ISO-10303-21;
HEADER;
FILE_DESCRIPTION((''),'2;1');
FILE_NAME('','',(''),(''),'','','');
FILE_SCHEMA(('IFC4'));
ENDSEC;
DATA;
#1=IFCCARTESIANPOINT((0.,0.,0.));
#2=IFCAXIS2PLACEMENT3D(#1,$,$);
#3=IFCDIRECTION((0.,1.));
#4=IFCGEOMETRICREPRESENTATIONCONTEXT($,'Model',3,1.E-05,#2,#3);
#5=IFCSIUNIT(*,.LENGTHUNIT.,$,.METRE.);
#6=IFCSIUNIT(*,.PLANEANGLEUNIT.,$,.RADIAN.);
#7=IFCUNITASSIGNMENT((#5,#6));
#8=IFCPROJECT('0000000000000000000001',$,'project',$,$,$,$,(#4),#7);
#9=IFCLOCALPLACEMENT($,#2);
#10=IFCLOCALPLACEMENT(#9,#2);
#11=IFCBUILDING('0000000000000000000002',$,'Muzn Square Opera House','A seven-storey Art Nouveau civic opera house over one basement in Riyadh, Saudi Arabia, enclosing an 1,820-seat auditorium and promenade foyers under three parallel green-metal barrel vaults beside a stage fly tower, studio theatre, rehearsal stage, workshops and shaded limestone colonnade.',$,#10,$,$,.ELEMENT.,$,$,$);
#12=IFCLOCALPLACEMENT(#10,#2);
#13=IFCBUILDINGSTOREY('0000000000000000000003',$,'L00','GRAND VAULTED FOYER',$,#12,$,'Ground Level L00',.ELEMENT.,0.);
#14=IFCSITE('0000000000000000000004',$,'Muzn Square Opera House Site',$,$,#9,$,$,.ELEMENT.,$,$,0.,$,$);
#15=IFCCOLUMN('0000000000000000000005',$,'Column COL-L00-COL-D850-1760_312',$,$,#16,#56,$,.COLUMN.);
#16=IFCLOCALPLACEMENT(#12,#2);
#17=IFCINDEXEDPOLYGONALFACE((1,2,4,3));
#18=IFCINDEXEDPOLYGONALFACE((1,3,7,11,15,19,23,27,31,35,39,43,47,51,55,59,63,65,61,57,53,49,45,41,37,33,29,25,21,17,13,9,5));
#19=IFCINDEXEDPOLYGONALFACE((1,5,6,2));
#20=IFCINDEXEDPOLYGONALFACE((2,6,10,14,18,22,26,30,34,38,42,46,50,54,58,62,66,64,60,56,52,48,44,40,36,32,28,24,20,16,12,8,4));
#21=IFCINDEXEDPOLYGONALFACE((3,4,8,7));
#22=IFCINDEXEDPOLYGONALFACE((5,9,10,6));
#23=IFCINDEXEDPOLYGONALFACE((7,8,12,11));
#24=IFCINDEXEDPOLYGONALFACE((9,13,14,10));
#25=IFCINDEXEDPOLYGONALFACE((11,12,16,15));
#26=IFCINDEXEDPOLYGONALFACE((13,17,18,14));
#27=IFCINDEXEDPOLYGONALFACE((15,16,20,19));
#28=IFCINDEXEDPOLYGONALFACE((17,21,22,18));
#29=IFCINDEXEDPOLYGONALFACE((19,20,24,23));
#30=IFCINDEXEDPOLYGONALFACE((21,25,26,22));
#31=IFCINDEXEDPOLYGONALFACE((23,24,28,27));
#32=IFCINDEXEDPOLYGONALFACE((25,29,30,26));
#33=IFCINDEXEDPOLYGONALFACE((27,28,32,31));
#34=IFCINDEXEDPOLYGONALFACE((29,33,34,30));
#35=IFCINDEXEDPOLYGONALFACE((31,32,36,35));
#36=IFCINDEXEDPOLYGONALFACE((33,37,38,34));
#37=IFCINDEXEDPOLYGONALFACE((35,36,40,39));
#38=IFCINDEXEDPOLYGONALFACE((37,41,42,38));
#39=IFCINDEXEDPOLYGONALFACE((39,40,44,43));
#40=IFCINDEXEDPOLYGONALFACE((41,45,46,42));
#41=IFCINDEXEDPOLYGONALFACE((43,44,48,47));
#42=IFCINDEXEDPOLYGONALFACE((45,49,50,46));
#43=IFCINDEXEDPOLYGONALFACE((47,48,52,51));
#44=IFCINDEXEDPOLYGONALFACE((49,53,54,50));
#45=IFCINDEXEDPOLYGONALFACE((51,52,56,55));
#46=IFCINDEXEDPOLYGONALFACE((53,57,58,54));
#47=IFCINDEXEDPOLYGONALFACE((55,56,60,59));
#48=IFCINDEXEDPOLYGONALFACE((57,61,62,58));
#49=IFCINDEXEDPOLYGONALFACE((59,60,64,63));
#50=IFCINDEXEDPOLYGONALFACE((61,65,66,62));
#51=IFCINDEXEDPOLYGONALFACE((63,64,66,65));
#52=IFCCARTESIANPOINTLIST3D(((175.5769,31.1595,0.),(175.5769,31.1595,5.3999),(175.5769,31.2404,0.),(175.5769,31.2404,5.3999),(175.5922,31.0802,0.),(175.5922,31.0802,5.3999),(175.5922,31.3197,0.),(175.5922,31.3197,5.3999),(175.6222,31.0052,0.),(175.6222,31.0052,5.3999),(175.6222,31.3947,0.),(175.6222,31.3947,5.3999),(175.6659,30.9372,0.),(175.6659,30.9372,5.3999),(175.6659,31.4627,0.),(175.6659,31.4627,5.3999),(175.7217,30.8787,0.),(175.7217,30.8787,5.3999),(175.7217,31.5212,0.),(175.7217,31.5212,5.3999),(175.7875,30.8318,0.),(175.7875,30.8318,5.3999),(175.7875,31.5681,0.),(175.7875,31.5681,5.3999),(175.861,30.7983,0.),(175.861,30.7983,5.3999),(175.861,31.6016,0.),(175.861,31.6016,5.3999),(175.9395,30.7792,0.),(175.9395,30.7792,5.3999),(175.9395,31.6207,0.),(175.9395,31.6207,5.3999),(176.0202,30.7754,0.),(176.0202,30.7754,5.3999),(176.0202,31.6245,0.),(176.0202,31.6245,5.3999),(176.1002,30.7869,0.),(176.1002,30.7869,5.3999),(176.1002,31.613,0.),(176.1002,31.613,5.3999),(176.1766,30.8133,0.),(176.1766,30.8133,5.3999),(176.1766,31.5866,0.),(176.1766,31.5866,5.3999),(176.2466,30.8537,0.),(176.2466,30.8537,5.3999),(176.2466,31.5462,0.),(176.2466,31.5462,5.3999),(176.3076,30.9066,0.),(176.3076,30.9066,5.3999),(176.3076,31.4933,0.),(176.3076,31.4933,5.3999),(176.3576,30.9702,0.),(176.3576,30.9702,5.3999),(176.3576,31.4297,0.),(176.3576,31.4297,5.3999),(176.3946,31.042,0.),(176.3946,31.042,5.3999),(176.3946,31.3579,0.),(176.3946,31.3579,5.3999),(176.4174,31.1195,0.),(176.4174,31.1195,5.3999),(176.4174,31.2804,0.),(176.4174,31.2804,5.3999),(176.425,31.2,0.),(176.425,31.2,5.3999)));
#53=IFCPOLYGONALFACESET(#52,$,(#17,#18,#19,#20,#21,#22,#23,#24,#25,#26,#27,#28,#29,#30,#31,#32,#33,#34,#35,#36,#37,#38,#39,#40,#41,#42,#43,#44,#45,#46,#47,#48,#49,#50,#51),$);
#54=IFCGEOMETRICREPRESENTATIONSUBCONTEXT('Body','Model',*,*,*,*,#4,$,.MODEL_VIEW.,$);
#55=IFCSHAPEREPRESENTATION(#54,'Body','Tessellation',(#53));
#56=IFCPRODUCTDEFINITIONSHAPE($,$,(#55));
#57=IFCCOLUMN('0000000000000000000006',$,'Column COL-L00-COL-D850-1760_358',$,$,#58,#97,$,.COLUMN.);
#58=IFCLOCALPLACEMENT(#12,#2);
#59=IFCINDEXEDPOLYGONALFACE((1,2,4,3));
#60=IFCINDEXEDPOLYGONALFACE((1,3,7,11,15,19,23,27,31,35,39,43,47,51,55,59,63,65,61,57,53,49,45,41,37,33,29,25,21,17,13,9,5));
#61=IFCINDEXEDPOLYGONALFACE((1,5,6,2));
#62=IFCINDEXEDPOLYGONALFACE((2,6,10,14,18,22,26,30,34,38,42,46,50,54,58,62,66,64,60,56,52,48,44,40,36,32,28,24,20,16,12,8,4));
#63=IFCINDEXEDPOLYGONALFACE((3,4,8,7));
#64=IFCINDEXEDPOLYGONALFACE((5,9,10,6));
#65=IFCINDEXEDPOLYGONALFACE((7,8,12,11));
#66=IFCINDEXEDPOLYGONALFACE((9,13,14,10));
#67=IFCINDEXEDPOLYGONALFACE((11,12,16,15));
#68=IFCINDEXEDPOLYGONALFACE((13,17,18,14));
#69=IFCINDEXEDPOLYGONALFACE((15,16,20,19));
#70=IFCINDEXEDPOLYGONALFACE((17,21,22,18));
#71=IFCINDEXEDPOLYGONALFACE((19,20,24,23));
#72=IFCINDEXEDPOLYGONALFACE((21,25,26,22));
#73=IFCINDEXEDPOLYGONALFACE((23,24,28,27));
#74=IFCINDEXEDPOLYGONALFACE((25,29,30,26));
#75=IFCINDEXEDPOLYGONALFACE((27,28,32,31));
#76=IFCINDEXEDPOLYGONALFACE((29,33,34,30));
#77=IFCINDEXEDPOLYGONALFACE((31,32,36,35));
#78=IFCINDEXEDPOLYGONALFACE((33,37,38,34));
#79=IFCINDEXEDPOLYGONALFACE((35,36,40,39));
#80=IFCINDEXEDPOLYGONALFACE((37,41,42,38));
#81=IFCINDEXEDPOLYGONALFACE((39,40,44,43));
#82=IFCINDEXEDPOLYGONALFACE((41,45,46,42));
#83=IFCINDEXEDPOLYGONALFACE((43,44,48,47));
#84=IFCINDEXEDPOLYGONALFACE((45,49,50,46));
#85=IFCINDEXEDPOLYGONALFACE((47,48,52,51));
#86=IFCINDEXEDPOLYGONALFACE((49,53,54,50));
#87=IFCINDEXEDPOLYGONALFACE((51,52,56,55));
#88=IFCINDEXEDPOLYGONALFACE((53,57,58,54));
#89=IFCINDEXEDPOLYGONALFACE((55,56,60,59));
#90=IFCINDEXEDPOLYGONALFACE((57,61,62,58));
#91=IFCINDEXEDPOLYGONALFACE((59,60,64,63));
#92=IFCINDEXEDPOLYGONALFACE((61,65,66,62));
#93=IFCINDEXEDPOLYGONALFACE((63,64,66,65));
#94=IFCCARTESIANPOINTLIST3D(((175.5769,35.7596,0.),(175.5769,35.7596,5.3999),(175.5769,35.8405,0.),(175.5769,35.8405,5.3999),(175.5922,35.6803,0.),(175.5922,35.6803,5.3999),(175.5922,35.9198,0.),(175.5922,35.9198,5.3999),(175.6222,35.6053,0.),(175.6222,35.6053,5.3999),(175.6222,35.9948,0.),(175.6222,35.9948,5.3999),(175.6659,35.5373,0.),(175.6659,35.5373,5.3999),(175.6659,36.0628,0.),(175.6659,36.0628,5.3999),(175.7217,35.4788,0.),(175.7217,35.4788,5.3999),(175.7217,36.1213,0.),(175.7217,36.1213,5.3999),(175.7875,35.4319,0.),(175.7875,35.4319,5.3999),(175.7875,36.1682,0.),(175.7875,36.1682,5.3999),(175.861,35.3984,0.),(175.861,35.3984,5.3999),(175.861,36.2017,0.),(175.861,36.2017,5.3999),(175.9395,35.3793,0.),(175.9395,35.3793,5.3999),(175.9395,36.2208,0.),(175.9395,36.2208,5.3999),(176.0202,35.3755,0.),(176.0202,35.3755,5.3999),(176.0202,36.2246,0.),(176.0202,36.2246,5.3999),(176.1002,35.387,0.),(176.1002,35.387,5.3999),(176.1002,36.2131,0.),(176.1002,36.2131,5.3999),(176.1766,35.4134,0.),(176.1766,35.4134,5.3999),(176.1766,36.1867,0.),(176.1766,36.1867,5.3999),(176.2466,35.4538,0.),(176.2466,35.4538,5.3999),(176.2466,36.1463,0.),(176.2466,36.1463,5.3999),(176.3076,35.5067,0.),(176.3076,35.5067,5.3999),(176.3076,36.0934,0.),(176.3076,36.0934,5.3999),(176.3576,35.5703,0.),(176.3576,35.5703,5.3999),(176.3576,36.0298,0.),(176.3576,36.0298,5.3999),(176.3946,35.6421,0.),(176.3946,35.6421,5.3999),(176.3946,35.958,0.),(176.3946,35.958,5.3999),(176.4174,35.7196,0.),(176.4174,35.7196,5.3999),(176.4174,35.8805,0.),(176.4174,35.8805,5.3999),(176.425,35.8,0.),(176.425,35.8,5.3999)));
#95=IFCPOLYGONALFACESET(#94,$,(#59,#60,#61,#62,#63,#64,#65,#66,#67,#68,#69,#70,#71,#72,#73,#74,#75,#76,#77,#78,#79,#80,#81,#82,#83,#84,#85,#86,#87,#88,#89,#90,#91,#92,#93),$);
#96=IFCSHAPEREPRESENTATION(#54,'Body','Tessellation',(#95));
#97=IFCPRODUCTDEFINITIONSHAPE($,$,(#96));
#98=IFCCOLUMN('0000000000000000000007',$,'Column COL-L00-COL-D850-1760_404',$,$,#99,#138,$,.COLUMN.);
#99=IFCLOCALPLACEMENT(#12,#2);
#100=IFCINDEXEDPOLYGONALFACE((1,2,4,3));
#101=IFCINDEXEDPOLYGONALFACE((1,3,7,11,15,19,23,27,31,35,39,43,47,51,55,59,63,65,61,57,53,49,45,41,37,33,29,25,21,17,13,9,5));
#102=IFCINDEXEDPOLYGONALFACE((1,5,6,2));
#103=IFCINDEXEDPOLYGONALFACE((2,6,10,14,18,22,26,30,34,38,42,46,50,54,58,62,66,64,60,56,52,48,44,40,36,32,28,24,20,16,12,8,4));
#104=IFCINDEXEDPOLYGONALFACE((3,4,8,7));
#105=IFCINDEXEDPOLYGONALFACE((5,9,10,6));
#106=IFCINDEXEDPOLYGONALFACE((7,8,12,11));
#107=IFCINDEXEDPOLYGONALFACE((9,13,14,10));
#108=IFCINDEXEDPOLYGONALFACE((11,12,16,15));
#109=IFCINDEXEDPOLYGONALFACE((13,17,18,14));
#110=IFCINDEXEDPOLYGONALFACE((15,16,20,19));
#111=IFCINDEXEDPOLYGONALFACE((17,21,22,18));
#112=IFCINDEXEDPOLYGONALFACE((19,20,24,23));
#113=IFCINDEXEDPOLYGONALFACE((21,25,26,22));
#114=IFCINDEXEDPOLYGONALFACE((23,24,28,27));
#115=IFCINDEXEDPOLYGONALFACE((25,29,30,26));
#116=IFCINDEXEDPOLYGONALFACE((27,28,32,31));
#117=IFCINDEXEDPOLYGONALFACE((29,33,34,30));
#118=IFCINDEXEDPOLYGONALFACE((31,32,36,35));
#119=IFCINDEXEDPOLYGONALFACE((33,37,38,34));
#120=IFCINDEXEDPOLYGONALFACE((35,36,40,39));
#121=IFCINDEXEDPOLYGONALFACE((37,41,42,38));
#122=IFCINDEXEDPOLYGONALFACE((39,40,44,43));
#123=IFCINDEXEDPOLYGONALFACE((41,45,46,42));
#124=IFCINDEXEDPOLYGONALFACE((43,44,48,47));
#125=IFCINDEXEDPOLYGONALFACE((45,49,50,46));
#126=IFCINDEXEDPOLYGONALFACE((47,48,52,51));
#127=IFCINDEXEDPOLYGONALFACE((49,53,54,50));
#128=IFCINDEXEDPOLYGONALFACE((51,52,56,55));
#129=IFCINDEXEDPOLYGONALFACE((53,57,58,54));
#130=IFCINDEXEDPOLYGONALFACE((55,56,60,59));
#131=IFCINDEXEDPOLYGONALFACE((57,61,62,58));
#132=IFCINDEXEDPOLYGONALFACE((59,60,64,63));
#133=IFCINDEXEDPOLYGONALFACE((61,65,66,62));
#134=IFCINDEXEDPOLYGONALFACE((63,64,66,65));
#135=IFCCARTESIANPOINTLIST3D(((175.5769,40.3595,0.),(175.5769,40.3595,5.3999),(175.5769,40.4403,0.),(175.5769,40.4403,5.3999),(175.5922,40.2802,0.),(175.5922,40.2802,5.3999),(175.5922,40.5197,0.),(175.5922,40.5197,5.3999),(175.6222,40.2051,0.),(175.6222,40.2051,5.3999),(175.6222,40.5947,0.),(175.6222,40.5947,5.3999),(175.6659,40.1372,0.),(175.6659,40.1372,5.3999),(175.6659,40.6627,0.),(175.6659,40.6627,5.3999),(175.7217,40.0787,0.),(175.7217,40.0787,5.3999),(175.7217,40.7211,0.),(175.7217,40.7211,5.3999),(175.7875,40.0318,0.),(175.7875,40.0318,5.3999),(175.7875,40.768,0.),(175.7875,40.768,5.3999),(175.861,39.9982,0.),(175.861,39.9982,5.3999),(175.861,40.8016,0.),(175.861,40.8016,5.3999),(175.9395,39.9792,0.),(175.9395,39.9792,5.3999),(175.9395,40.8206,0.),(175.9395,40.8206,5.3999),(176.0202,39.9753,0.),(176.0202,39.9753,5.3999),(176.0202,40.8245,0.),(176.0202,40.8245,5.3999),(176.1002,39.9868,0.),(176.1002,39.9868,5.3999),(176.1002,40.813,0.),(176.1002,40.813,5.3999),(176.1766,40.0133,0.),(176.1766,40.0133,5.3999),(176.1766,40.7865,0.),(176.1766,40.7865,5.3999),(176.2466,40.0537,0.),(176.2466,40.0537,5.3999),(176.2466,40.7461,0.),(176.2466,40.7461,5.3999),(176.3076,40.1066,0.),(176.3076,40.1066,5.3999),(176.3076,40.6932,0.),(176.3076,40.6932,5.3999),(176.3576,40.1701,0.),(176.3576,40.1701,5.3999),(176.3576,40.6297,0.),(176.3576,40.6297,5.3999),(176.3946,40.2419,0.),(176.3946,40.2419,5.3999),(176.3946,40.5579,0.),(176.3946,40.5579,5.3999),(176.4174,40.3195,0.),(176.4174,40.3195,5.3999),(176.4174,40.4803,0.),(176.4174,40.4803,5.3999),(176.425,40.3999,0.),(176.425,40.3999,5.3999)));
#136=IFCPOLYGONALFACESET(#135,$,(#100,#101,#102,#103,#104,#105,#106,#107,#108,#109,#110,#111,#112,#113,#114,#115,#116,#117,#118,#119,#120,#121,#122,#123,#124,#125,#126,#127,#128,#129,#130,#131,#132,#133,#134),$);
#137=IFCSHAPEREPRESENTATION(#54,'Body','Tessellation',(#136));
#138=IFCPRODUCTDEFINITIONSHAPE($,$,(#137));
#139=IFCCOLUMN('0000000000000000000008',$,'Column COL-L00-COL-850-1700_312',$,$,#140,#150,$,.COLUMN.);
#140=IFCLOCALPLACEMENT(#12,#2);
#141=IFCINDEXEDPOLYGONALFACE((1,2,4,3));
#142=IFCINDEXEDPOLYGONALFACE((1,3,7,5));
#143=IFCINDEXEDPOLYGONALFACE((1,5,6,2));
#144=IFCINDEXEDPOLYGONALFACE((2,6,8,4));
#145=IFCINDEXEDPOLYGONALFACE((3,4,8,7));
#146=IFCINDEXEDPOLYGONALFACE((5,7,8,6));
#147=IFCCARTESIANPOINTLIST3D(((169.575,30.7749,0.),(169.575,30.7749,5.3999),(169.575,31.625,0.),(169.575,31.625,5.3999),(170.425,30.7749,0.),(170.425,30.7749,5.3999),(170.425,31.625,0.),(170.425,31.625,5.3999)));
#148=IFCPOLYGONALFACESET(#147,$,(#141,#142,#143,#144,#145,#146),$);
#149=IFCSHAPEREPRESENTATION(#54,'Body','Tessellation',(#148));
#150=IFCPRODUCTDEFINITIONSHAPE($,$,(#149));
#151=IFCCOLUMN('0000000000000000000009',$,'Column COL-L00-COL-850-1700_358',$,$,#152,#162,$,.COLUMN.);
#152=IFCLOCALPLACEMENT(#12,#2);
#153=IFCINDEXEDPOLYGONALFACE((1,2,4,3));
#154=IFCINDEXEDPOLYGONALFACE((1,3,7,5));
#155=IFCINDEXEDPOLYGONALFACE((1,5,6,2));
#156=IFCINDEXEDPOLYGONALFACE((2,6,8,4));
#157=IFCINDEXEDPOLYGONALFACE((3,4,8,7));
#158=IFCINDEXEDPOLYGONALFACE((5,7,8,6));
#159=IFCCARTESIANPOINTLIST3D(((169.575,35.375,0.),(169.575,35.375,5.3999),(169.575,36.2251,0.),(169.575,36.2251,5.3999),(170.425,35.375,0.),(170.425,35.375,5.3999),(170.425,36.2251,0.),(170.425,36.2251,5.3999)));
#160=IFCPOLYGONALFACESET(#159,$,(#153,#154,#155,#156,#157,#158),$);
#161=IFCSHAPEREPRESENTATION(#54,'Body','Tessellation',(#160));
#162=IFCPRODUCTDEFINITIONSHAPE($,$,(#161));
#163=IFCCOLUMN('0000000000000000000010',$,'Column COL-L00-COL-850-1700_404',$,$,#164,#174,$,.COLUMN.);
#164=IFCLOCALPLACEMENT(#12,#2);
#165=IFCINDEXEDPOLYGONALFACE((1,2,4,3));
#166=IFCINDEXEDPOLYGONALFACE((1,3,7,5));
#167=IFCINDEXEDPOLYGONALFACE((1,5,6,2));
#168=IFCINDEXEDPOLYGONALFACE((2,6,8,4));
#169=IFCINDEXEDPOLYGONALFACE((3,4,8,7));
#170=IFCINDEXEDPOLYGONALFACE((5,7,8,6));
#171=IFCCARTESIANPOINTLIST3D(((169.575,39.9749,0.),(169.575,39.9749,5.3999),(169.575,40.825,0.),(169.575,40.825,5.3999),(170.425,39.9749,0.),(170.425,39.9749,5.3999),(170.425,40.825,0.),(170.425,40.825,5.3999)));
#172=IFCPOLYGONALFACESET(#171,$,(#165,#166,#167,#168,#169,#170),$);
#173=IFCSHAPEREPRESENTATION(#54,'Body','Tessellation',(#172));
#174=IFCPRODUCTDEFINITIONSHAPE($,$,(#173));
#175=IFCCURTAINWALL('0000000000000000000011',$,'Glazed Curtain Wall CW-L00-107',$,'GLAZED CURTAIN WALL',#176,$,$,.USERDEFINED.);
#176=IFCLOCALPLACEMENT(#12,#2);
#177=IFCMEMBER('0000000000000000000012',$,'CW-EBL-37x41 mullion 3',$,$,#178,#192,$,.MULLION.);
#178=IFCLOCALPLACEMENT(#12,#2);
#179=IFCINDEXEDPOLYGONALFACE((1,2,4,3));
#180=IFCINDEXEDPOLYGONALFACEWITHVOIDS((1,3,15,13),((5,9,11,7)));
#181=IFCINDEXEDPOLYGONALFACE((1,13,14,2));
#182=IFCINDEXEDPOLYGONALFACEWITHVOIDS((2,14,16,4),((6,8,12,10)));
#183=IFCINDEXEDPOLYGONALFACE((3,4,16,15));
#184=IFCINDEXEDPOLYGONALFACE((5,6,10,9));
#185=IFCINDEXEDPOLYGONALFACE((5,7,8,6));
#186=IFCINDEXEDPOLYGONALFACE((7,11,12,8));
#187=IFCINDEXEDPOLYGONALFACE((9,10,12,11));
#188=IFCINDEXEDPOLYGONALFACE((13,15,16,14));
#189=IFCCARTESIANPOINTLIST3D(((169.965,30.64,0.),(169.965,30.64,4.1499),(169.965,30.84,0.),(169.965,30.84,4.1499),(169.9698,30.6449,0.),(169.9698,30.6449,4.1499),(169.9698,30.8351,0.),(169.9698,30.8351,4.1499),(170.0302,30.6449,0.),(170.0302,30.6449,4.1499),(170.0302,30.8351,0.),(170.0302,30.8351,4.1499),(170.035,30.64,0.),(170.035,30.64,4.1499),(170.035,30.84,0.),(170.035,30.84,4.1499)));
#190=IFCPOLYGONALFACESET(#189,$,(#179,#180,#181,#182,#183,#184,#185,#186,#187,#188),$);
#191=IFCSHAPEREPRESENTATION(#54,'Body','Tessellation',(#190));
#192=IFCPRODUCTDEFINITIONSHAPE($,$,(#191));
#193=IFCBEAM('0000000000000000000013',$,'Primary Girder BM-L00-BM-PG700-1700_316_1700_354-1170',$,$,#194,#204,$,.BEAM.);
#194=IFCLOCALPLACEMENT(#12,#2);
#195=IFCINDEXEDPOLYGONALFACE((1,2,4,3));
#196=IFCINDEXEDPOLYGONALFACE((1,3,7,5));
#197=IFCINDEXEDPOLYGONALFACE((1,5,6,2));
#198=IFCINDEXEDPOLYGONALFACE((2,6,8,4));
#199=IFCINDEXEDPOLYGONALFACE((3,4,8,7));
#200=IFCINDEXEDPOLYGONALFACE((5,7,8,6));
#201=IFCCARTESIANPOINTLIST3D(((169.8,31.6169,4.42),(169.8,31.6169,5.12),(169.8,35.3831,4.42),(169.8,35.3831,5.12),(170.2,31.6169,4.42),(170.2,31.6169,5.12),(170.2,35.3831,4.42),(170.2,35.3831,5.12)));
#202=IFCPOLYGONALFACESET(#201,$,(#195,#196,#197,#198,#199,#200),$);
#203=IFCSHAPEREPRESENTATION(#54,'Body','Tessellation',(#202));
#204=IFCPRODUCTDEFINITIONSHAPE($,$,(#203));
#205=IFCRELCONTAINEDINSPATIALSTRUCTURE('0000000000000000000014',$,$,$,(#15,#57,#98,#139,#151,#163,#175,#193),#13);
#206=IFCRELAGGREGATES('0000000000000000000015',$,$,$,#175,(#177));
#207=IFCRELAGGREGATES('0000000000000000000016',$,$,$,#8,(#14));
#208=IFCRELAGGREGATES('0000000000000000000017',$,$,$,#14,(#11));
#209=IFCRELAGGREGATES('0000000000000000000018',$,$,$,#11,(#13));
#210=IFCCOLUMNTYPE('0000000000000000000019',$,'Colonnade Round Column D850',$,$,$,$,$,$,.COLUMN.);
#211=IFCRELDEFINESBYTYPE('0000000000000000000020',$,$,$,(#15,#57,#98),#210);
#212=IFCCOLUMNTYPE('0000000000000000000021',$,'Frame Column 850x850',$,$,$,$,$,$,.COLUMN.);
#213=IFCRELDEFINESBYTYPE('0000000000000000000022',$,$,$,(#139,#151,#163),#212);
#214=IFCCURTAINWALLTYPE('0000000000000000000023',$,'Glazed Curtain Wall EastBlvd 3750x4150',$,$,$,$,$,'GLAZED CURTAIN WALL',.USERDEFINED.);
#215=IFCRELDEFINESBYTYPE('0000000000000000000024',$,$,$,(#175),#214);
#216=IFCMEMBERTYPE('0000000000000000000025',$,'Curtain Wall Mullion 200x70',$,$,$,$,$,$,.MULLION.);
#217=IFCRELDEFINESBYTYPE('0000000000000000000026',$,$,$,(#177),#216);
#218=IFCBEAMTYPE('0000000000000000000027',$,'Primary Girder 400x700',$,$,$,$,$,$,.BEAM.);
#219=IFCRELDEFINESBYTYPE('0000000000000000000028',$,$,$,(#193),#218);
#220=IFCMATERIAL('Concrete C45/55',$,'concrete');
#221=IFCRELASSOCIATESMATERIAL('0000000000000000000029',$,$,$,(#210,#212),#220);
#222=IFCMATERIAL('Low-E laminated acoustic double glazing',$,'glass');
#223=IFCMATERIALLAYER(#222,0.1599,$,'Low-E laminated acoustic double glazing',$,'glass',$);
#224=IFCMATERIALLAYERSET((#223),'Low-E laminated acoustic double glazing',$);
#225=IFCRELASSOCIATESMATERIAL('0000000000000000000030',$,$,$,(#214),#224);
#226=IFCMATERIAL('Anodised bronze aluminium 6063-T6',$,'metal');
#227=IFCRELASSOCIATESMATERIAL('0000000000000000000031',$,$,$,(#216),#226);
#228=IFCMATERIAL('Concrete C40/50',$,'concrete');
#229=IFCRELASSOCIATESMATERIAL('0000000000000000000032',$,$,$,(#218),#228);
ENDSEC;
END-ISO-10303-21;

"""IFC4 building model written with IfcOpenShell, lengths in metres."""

from ifc_helpers import new_model, si_unit, direction, frame, origin, origin_2d, place, context, subcontext, project, spatial, rectangle, hollow_rectangle, circle, extrude, material, layer, layer_set, material_profile, profile_set, type_object, element, aggregate, save


model = new_model("IFC4")

# Units and contexts
model_context = context("Model", 3, precision=1e-05, world=origin(), true_north=direction((0.0, 1.0)))
body_context = subcontext(model_context, "Body", "Model", "MODEL_VIEW")
ifc_project = project(units=[si_unit("LENGTHUNIT", "METRE"), si_unit("PLANEANGLEUNIT", "RADIAN")], contexts=[model_context])

# Site, building, storey
site_placement = place(None, origin())
site = spatial("IfcSite", under=ifc_project, at=site_placement, Name="Muzn Square Opera House Site", CompositionType="ELEMENT", RefElevation=0.0)
building_placement = place(site_placement, origin())
building = spatial("IfcBuilding", under=site, at=building_placement, Name="Muzn Square Opera House", Description="A seven-storey Art Nouveau civic opera house over one basement in Riyadh, Saudi Arabia, enclosing an 1,820-seat auditorium and promenade foyers under three parallel green-metal barrel vaults beside a stage fly tower, studio theatre, rehearsal stage, workshops and shaded limestone colonnade.", CompositionType="ELEMENT")
storey_placement = place(building_placement, origin())
storey = spatial("IfcBuildingStorey", under=building, at=storey_placement, Name="L00", Description="GRAND VAULTED FOYER", LongName="Ground Level L00", CompositionType="ELEMENT", Elevation=0.0)

# Columns
ifc_material_1 = material(Name="Concrete C45/55", Category="concrete")
ifc_material_profile_1 = material_profile(ifc_material_1, circle(Radius=0.425, at=origin_2d()), Name="RCC D850", Category="concrete")
ifc_profile_set_1 = profile_set([ifc_material_profile_1], Name="Concrete C45/55")
column_type_1 = type_object("IfcColumnType", Name="Colonnade Round Column D850", PredefinedType="COLUMN", material=ifc_profile_set_1)
for number, where, z_axis, x_axis, name in (
    (1, (176.0, 31.2, 0.0), (0.0, 0.0, 1.0), (1.0, 0.0, 0.0), "Column COL-L00-COL-D850-1760_312"),
    (2, (176.0, 35.8, 0.0), (0.0, 0.0, 1.0), (1.0, 0.0, 0.0), "Column COL-L00-COL-D850-1760_358"),
    (3, (176.0, 40.3999, 0.0), (0.0, 0.0, 1.0), (1.0, 0.0, 0.0), "Column COL-L00-COL-D850-1760_404"),
):
    element("IfcColumn", number, at=place(storey_placement, frame(where, z_axis=z_axis, x_axis=x_axis)), inside=storey, type_object=column_type_1, Name=name, PredefinedType="COLUMN", context=body_context, shape_type="SweptSolid", body=[
        extrude(circle(Radius=0.425, at=origin_2d()), origin(), (0.0, 0.0, 1.0), 5.3999),
    ])
ifc_material_profile_2 = material_profile(ifc_material_1, rectangle(XDim=0.8501, YDim=0.8501, at=origin_2d()), Name="RC 850x850", Category="concrete")
ifc_profile_set_2 = profile_set([ifc_material_profile_2], Name="Concrete C45/55")
column_type_2 = type_object("IfcColumnType", Name="Frame Column 850x850", PredefinedType="COLUMN", material=ifc_profile_set_2)
for number, where, z_axis, x_axis, name in (
    (4, (170.0, 31.2, 0.0), (0.0, 0.0, 1.0), (1.0, 0.0, 0.0), "Column COL-L00-COL-850-1700_312"),
    (5, (170.0, 35.8, 0.0), (0.0, 0.0, 1.0), (1.0, 0.0, 0.0), "Column COL-L00-COL-850-1700_358"),
    (6, (170.0, 40.3999, 0.0), (0.0, 0.0, 1.0), (1.0, 0.0, 0.0), "Column COL-L00-COL-850-1700_404"),
):
    element("IfcColumn", number, at=place(storey_placement, frame(where, z_axis=z_axis, x_axis=x_axis)), inside=storey, type_object=column_type_2, Name=name, PredefinedType="COLUMN", context=body_context, shape_type="SweptSolid", body=[
        extrude(rectangle(XDim=0.8501, YDim=0.8501, at=origin_2d()), origin(), (0.0, 0.0, 1.0), 5.3999),
    ])

# Curtain wall, member
ifc_material_2 = material(Name="Low-E laminated acoustic double glazing", Category="glass")
ifc_layer_1 = layer(ifc_material_2, 0.1599, Name="Low-E laminated acoustic double glazing", Category="glass")
ifc_layer_set_1 = layer_set([ifc_layer_1], Name="Low-E laminated acoustic double glazing")
curtain_wall_type = type_object("IfcCurtainWallType", Name="Glazed Curtain Wall EastBlvd 3750x4150", ElementType="GLAZED CURTAIN WALL", PredefinedType="USERDEFINED", material=ifc_layer_set_1)
curtain_wall_placement = place(storey_placement, origin())
curtain_wall = element("IfcCurtainWall", 7, at=curtain_wall_placement, inside=storey, type_object=curtain_wall_type, Name="Glazed Curtain Wall CW-L00-107", ObjectType="GLAZED CURTAIN WALL", PredefinedType="USERDEFINED")
ifc_material_3 = material(Name="Anodised bronze aluminium 6063-T6", Category="metal")
ifc_material_profile_3 = material_profile(ifc_material_3, hollow_rectangle(XDim=0.0701, YDim=0.2, WallThickness=0.0049, at=origin_2d()), Name="ALU 200x70x5", Category="metal")
ifc_profile_set_3 = profile_set([ifc_material_profile_3], Name="Anodised bronze aluminium 6063-T6")
member_type = type_object("IfcMemberType", Name="Curtain Wall Mullion 200x70", PredefinedType="MULLION", material=ifc_profile_set_3)
member_placement = place(storey_placement, frame((170.0, 30.74, 0.0), z_axis=(0.0, 0.0, 1.0), x_axis=(-1.0, 0.0, 0.0)))
member = element("IfcMember", 8, at=member_placement, type_object=member_type, Name="CW-EBL-37x41 mullion 3", PredefinedType="MULLION", context=body_context, shape_type="SweptSolid", body=[
    extrude(hollow_rectangle(XDim=0.0701, YDim=0.2, WallThickness=0.0049, at=origin_2d()), origin(), (0.0, 0.0, 1.0), 4.1499),
])

# Beam
ifc_material_4 = material(Name="Concrete C40/50", Category="concrete")
ifc_material_profile_4 = material_profile(ifc_material_4, rectangle(XDim=0.3999, YDim=0.7, at=origin_2d()), Name="RCB 400x700", Category="concrete")
ifc_profile_set_4 = profile_set([ifc_material_profile_4], Name="Concrete C40/50")
beam_type_1 = type_object("IfcBeamType", Name="Primary Girder 400x700", PredefinedType="BEAM", material=ifc_profile_set_4)
beam_1_placement = place(storey_placement, frame((170.0, 31.6169, 4.77), z_axis=(0.0, 1.0, 0.0), x_axis=(-1.0, 0.0, 0.0)))
element("IfcBeam", 9, at=beam_1_placement, inside=storey, type_object=beam_type_1, Name="Primary Girder BM-L00-BM-PG700-1700_316_1700_354-1170", PredefinedType="BEAM", context=body_context, shape_type="SweptSolid", body=[
    extrude(rectangle(XDim=0.3999, YDim=0.7, at=origin_2d()), origin(), (0.0, 0.0, 1.0), 3.7661),
])

aggregate(curtain_wall, [member])

save(model, "model.ifc")
